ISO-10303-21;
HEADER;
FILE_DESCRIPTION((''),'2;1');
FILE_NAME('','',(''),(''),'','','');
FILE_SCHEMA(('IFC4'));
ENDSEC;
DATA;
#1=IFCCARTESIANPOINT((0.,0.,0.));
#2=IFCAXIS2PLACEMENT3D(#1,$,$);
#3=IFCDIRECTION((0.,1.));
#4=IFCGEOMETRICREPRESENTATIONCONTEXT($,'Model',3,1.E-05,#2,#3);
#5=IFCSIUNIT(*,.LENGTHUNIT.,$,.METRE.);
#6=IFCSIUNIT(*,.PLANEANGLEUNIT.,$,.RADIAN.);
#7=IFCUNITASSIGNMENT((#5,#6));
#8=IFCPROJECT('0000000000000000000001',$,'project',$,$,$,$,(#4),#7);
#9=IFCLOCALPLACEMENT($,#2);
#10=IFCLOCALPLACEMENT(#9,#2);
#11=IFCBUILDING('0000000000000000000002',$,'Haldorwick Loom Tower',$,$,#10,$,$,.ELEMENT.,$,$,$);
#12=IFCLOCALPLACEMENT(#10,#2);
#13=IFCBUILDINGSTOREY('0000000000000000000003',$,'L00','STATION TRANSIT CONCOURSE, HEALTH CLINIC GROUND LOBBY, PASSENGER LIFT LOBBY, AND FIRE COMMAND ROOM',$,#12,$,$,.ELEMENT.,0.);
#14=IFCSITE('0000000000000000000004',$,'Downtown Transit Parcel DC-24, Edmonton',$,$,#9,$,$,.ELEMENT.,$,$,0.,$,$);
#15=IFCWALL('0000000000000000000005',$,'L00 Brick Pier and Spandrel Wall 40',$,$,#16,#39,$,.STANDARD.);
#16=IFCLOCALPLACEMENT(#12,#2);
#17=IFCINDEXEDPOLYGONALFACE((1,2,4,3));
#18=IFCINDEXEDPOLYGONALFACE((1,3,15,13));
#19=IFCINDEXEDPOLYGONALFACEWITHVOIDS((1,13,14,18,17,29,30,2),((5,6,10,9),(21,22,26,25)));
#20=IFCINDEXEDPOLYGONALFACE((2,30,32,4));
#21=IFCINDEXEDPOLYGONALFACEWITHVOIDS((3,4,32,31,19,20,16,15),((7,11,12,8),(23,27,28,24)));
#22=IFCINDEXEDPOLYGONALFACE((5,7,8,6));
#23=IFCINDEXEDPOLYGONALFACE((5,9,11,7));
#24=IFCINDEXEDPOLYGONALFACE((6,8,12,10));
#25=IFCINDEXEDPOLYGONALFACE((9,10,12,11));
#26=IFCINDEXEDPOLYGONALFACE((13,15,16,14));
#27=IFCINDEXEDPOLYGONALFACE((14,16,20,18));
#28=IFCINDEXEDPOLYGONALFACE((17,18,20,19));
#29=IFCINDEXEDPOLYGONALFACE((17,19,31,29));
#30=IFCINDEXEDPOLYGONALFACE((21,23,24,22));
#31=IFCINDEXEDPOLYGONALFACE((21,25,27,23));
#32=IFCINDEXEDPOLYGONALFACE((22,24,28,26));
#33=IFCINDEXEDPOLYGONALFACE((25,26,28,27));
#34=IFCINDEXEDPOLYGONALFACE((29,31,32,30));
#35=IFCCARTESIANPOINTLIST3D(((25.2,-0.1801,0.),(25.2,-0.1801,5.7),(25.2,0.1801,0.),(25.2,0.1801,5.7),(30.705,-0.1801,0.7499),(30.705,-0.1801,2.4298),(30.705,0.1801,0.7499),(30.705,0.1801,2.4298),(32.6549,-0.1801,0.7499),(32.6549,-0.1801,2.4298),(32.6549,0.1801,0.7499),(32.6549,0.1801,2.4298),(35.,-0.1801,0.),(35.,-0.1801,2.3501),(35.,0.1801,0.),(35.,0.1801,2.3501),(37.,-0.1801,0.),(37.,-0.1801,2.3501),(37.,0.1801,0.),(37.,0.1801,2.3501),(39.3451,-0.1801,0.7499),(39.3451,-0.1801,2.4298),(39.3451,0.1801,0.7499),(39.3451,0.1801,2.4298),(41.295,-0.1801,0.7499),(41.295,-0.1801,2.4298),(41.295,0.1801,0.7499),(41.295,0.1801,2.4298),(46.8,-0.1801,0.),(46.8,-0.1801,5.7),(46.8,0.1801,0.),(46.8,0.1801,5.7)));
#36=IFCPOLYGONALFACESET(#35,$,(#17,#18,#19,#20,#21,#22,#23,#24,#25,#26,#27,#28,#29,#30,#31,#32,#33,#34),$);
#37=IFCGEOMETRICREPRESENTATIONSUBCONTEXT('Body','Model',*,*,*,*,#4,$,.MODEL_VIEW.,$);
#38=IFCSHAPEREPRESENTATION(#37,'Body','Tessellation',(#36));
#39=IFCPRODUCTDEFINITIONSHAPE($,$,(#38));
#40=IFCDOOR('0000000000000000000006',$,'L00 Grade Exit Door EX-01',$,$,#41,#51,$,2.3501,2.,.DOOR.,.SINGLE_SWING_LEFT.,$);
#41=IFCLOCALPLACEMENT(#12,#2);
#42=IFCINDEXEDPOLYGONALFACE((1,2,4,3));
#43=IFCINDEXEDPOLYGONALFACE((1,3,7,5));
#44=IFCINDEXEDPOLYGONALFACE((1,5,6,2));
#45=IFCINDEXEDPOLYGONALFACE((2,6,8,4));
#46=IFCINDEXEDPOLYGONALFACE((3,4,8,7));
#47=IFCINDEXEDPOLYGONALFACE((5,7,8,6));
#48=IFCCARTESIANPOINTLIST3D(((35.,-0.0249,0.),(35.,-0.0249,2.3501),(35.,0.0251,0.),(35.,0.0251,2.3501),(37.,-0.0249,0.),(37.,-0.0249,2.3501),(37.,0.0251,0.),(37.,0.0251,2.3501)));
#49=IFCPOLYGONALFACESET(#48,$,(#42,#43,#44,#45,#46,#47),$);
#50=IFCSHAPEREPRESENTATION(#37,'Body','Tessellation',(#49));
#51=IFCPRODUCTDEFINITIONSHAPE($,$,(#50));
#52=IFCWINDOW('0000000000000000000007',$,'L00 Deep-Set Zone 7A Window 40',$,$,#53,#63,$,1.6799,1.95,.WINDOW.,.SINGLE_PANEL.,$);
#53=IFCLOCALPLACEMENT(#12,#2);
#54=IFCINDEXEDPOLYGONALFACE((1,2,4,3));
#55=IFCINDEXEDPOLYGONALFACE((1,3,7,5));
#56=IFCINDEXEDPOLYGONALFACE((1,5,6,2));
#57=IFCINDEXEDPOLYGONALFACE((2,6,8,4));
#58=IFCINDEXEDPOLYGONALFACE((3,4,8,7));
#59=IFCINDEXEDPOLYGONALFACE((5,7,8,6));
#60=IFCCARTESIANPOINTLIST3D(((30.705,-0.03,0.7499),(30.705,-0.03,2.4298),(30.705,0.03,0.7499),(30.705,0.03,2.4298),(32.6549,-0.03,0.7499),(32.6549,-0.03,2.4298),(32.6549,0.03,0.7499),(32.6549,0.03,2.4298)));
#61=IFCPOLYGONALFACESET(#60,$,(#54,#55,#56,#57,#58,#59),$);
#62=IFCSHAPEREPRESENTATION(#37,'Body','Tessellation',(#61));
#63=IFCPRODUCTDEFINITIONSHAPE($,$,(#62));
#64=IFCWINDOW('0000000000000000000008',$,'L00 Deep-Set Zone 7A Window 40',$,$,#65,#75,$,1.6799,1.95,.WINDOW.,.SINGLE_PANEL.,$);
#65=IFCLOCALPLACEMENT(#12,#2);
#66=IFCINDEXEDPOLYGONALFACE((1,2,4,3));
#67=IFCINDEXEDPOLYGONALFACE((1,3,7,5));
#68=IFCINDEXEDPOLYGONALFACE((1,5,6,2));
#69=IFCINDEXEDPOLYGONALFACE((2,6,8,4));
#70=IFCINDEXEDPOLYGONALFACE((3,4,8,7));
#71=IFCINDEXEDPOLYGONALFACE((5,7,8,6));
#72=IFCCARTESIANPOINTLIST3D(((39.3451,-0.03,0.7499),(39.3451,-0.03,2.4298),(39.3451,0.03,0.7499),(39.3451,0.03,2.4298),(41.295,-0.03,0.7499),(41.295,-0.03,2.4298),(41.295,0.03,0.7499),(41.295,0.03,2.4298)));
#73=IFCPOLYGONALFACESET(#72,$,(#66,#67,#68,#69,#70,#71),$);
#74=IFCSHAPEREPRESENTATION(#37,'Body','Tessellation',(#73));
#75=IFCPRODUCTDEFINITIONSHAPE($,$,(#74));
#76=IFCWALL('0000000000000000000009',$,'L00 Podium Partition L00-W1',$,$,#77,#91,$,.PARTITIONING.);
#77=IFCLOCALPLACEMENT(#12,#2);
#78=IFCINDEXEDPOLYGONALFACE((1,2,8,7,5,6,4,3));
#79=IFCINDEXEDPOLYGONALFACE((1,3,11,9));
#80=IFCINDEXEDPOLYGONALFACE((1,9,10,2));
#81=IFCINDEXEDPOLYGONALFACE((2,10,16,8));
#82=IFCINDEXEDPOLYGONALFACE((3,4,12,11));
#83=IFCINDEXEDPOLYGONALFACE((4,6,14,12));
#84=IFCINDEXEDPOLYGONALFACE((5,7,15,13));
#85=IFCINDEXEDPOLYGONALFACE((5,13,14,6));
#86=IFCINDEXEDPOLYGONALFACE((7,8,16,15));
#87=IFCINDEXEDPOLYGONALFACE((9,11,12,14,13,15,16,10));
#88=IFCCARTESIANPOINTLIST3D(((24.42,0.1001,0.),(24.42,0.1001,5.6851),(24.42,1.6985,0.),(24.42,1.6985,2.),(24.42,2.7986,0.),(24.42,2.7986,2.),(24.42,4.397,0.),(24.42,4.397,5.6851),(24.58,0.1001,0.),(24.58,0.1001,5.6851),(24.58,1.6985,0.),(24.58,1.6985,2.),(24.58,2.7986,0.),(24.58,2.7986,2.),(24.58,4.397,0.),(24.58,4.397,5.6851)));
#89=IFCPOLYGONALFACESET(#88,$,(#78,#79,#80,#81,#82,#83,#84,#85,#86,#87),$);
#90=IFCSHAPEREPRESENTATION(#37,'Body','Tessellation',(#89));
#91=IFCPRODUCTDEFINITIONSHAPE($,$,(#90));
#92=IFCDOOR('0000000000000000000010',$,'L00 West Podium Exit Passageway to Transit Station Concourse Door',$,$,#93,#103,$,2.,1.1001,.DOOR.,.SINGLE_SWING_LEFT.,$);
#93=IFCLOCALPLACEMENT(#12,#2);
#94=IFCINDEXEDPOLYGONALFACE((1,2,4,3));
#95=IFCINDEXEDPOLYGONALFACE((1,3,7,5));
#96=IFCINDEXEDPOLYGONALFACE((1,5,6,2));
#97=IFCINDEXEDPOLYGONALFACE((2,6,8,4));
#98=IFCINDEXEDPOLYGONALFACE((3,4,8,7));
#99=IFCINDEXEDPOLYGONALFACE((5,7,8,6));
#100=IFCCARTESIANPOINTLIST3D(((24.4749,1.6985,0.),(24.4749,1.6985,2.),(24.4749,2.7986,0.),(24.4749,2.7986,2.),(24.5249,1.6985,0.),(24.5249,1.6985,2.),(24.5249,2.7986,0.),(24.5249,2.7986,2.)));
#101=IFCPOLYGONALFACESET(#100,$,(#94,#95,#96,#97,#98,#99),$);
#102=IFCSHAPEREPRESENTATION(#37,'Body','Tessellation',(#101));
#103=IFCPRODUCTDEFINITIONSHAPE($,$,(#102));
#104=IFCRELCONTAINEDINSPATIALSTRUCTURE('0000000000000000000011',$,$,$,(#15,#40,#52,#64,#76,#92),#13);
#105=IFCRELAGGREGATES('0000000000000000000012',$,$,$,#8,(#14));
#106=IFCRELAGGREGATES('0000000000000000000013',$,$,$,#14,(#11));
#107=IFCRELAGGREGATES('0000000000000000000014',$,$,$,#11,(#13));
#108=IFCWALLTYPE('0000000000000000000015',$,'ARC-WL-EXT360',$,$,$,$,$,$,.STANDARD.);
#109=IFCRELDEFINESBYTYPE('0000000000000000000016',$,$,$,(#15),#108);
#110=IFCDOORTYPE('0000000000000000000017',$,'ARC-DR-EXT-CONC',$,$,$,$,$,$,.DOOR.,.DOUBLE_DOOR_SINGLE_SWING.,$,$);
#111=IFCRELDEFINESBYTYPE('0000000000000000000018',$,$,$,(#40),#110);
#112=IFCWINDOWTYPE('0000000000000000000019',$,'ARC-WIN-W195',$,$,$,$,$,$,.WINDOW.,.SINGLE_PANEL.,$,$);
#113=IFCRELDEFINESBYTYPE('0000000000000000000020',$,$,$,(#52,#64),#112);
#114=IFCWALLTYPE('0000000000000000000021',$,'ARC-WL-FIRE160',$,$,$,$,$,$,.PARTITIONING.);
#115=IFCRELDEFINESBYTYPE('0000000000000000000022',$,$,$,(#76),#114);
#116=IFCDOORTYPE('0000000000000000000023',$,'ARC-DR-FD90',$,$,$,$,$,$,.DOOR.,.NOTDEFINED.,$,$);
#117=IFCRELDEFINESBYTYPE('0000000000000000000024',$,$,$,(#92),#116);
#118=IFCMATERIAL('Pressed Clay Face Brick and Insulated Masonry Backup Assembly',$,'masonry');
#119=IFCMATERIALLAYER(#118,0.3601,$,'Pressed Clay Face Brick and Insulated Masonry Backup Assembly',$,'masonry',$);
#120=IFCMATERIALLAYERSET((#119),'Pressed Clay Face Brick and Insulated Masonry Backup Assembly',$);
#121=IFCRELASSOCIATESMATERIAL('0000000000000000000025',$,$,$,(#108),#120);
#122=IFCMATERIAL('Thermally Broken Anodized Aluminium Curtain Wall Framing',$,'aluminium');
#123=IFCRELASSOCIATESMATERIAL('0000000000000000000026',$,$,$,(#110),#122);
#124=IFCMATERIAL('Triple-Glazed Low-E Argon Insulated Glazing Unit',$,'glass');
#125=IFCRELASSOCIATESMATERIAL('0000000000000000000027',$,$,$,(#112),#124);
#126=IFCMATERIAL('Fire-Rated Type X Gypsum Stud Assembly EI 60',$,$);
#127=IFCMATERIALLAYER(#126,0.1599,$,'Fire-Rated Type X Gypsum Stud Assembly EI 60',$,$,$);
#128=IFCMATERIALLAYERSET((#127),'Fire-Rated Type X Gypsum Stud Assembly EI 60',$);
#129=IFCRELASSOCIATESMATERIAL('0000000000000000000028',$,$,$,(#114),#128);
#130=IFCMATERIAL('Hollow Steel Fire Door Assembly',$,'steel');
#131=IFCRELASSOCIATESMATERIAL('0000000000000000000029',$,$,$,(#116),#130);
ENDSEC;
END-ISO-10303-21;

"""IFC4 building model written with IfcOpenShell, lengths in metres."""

from ifc_helpers import new_model, si_unit, direction, frame, frame_2d, origin, place, context, subcontext, project, spatial, rectangle, extrude, material, layer, layer_set, type_object, element, fill, save


model = new_model("IFC4")

# Units and contexts
model_context = context("Model", 3, precision=1e-05, world=origin(), true_north=direction((0.0, 1.0)))
body_context = subcontext(model_context, "Body", "Model", "MODEL_VIEW")
ifc_project = project(units=[si_unit("LENGTHUNIT", "METRE"), si_unit("PLANEANGLEUNIT", "RADIAN")], contexts=[model_context])

# Site, building, storey
site_placement = place(None, origin())
site = spatial("IfcSite", under=ifc_project, at=site_placement, Name="Downtown Transit Parcel DC-24, Edmonton", CompositionType="ELEMENT", RefElevation=0.0)
building_placement = place(site_placement, origin())
building = spatial("IfcBuilding", under=site, at=building_placement, Name="Haldorwick Loom Tower", CompositionType="ELEMENT")
storey_placement = place(building_placement, origin())
storey = spatial("IfcBuildingStorey", under=building, at=storey_placement, Name="L00", Description="STATION TRANSIT CONCOURSE, HEALTH CLINIC GROUND LOBBY, PASSENGER LIFT LOBBY, AND FIRE COMMAND ROOM", CompositionType="ELEMENT", Elevation=0.0)

# Wall, openings, door, windows
ifc_material_1 = material(Name="Pressed Clay Face Brick and Insulated Masonry Backup Assembly", Category="masonry")
ifc_layer_1 = layer(ifc_material_1, 0.3601, Name="Pressed Clay Face Brick and Insulated Masonry Backup Assembly", Category="masonry")
ifc_layer_set_1 = layer_set([ifc_layer_1], Name="Pressed Clay Face Brick and Insulated Masonry Backup Assembly")
wall_type_1 = type_object("IfcWallType", Name="ARC-WL-EXT360", PredefinedType="STANDARD", material=ifc_layer_set_1)
wall_1_placement = place(storey_placement, frame((25.2, 0.0, 0.0), z_axis=(0.0, 0.0, 1.0), x_axis=(1.0, 0.0, 0.0)))
wall_1 = element("IfcWall", 1, at=wall_1_placement, inside=storey, type_object=wall_type_1, Name="L00 Brick Pier and Spandrel Wall 40", PredefinedType="STANDARD", context=body_context, shape_type="SweptSolid", body=[
    extrude(rectangle(XDim=21.6001, YDim=0.3601, at=frame_2d((10.8, 0.0))), origin(), (0.0, 0.0, 1.0), 5.7),
])
opening_1_placement = place(wall_1_placement, frame((9.8, 0.0, 0.0)))
opening_1 = element("IfcOpeningElement", 2, at=opening_1_placement, cuts=wall_1, PredefinedType="OPENING", context=body_context, shape_type="SweptSolid", body=[
    extrude(rectangle(XDim=2.0, YDim=2.3501, at=frame_2d((1.0, 1.175))), frame((0.0, 0.1899, 0.0), z_axis=(0.0, -1.0, 0.0), x_axis=(1.0, 0.0, 0.0)), (0.0, 0.0, 1.0), 0.3801),
])
opening_2_placement = place(wall_1_placement, frame((5.5049, 0.0, 0.75)))
opening_2 = element("IfcOpeningElement", 3, at=opening_2_placement, cuts=wall_1, PredefinedType="OPENING", context=body_context, shape_type="SweptSolid", body=[
    extrude(rectangle(XDim=1.95, YDim=1.6799, at=frame_2d((0.9751, 0.8398))), frame((0.0, 0.1899, 0.0), z_axis=(0.0, -1.0, 0.0), x_axis=(1.0, 0.0, 0.0)), (0.0, 0.0, 1.0), 0.3801),
])
opening_3_placement = place(wall_1_placement, frame((14.145, 0.0, 0.75)))
opening_3 = element("IfcOpeningElement", 4, at=opening_3_placement, cuts=wall_1, PredefinedType="OPENING", context=body_context, shape_type="SweptSolid", body=[
    extrude(rectangle(XDim=1.95, YDim=1.6799, at=frame_2d((0.9751, 0.8398))), frame((0.0, 0.1899, 0.0), z_axis=(0.0, -1.0, 0.0), x_axis=(1.0, 0.0, 0.0)), (0.0, 0.0, 1.0), 0.3801),
])
ifc_material_2 = material(Name="Thermally Broken Anodized Aluminium Curtain Wall Framing", Category="aluminium")
door_type_1 = type_object("IfcDoorType", Name="ARC-DR-EXT-CONC", OperationType="DOUBLE_DOOR_SINGLE_SWING", PredefinedType="DOOR", material=ifc_material_2)
door_1_placement = place(opening_1_placement, frame((2.0, 0.0, 0.0), z_axis=(0.0, 0.0, 1.0), x_axis=(-1.0, 0.0, 0.0)))
door_1 = element("IfcDoor", 5, at=door_1_placement, inside=storey, type_object=door_type_1, Name="L00 Grade Exit Door EX-01", OperationType="SINGLE_SWING_LEFT", OverallHeight=2.3501, OverallWidth=2.0, PredefinedType="DOOR", context=body_context, shape_type="SweptSolid", body=[
    extrude(rectangle(XDim=2.0, YDim=2.3501, at=frame_2d((1.0, 1.175))), frame((0.0, 0.0249, 0.0), z_axis=(0.0, -1.0, 0.0), x_axis=(1.0, 0.0, 0.0)), (0.0, 0.0, 1.0), 0.05),
])
fill(opening_1, door_1)
ifc_material_3 = material(Name="Triple-Glazed Low-E Argon Insulated Glazing Unit", Category="glass")
window_type = type_object("IfcWindowType", Name="ARC-WIN-W195", PartitioningType="SINGLE_PANEL", PredefinedType="WINDOW", material=ifc_material_3)
window_1_placement = place(opening_2_placement, origin())
window_1 = element("IfcWindow", 6, at=window_1_placement, inside=storey, type_object=window_type, Name="L00 Deep-Set Zone 7A Window 40", OverallHeight=1.6799, OverallWidth=1.95, PartitioningType="SINGLE_PANEL", PredefinedType="WINDOW", context=body_context, shape_type="SweptSolid", body=[
    extrude(rectangle(XDim=1.95, YDim=1.6799, at=frame_2d((0.9751, 0.8398))), frame((0.0, 0.03, 0.0), z_axis=(0.0, -1.0, 0.0), x_axis=(1.0, 0.0, 0.0)), (0.0, 0.0, 1.0), 0.0601),
])
fill(opening_2, window_1)
window_2_placement = place(opening_3_placement, origin())
window_2 = element("IfcWindow", 7, at=window_2_placement, inside=storey, type_object=window_type, Name="L00 Deep-Set Zone 7A Window 40", OverallHeight=1.6799, OverallWidth=1.95, PartitioningType="SINGLE_PANEL", PredefinedType="WINDOW", context=body_context, shape_type="SweptSolid", body=[
    extrude(rectangle(XDim=1.95, YDim=1.6799, at=frame_2d((0.9751, 0.8398))), frame((0.0, 0.03, 0.0), z_axis=(0.0, -1.0, 0.0), x_axis=(1.0, 0.0, 0.0)), (0.0, 0.0, 1.0), 0.0601),
])
fill(opening_3, window_2)

# Wall, opening, door
ifc_material_4 = material(Name="Fire-Rated Type X Gypsum Stud Assembly EI 60")
ifc_layer_2 = layer(ifc_material_4, 0.1599, Name="Fire-Rated Type X Gypsum Stud Assembly EI 60")
ifc_layer_set_2 = layer_set([ifc_layer_2], Name="Fire-Rated Type X Gypsum Stud Assembly EI 60")
wall_type_2 = type_object("IfcWallType", Name="ARC-WL-FIRE160", PredefinedType="PARTITIONING", material=ifc_layer_set_2)
wall_2_placement = place(storey_placement, frame((24.5, 0.1001, 0.0), z_axis=(0.0, 0.0, 1.0), x_axis=(0.0, 1.0, 0.0)))
wall_2 = element("IfcWall", 8, at=wall_2_placement, inside=storey, type_object=wall_type_2, Name="L00 Podium Partition L00-W1", PredefinedType="PARTITIONING", context=body_context, shape_type="SweptSolid", body=[
    extrude(rectangle(XDim=4.2969, YDim=0.1599, at=frame_2d((2.1484, 0.0))), origin(), (0.0, 0.0, 1.0), 5.6851),
])
opening_4_placement = place(wall_2_placement, frame((1.5984, 0.0, 0.0)))
opening_4 = element("IfcOpeningElement", 9, at=opening_4_placement, cuts=wall_2, PredefinedType="OPENING", context=body_context, shape_type="SweptSolid", body=[
    extrude(rectangle(XDim=1.1001, YDim=2.0, at=frame_2d((0.55, 1.0))), frame((0.0, 0.0898, 0.0), z_axis=(0.0, -1.0, 0.0), x_axis=(1.0, 0.0, 0.0)), (0.0, 0.0, 1.0), 0.1799),
])
ifc_material_5 = material(Name="Hollow Steel Fire Door Assembly", Category="steel")
door_type_2 = type_object("IfcDoorType", Name="ARC-DR-FD90", OperationType="NOTDEFINED", PredefinedType="DOOR", material=ifc_material_5)
door_2_placement = place(opening_4_placement, frame((1.1001, 0.0, 0.0), z_axis=(0.0, 0.0, 1.0), x_axis=(-1.0, 0.0, 0.0)))
door_2 = element("IfcDoor", 10, at=door_2_placement, inside=storey, type_object=door_type_2, Name="L00 West Podium Exit Passageway to Transit Station Concourse Door", OperationType="SINGLE_SWING_LEFT", OverallHeight=2.0, OverallWidth=1.1001, PredefinedType="DOOR", context=body_context, shape_type="SweptSolid", body=[
    extrude(rectangle(XDim=1.1001, YDim=2.0, at=frame_2d((0.55, 1.0))), frame((0.0, 0.0249, 0.0), z_axis=(0.0, -1.0, 0.0), x_axis=(1.0, 0.0, 0.0)), (0.0, 0.0, 1.0), 0.05),
])
fill(opening_4, door_2)

save(model, "model.ifc")
